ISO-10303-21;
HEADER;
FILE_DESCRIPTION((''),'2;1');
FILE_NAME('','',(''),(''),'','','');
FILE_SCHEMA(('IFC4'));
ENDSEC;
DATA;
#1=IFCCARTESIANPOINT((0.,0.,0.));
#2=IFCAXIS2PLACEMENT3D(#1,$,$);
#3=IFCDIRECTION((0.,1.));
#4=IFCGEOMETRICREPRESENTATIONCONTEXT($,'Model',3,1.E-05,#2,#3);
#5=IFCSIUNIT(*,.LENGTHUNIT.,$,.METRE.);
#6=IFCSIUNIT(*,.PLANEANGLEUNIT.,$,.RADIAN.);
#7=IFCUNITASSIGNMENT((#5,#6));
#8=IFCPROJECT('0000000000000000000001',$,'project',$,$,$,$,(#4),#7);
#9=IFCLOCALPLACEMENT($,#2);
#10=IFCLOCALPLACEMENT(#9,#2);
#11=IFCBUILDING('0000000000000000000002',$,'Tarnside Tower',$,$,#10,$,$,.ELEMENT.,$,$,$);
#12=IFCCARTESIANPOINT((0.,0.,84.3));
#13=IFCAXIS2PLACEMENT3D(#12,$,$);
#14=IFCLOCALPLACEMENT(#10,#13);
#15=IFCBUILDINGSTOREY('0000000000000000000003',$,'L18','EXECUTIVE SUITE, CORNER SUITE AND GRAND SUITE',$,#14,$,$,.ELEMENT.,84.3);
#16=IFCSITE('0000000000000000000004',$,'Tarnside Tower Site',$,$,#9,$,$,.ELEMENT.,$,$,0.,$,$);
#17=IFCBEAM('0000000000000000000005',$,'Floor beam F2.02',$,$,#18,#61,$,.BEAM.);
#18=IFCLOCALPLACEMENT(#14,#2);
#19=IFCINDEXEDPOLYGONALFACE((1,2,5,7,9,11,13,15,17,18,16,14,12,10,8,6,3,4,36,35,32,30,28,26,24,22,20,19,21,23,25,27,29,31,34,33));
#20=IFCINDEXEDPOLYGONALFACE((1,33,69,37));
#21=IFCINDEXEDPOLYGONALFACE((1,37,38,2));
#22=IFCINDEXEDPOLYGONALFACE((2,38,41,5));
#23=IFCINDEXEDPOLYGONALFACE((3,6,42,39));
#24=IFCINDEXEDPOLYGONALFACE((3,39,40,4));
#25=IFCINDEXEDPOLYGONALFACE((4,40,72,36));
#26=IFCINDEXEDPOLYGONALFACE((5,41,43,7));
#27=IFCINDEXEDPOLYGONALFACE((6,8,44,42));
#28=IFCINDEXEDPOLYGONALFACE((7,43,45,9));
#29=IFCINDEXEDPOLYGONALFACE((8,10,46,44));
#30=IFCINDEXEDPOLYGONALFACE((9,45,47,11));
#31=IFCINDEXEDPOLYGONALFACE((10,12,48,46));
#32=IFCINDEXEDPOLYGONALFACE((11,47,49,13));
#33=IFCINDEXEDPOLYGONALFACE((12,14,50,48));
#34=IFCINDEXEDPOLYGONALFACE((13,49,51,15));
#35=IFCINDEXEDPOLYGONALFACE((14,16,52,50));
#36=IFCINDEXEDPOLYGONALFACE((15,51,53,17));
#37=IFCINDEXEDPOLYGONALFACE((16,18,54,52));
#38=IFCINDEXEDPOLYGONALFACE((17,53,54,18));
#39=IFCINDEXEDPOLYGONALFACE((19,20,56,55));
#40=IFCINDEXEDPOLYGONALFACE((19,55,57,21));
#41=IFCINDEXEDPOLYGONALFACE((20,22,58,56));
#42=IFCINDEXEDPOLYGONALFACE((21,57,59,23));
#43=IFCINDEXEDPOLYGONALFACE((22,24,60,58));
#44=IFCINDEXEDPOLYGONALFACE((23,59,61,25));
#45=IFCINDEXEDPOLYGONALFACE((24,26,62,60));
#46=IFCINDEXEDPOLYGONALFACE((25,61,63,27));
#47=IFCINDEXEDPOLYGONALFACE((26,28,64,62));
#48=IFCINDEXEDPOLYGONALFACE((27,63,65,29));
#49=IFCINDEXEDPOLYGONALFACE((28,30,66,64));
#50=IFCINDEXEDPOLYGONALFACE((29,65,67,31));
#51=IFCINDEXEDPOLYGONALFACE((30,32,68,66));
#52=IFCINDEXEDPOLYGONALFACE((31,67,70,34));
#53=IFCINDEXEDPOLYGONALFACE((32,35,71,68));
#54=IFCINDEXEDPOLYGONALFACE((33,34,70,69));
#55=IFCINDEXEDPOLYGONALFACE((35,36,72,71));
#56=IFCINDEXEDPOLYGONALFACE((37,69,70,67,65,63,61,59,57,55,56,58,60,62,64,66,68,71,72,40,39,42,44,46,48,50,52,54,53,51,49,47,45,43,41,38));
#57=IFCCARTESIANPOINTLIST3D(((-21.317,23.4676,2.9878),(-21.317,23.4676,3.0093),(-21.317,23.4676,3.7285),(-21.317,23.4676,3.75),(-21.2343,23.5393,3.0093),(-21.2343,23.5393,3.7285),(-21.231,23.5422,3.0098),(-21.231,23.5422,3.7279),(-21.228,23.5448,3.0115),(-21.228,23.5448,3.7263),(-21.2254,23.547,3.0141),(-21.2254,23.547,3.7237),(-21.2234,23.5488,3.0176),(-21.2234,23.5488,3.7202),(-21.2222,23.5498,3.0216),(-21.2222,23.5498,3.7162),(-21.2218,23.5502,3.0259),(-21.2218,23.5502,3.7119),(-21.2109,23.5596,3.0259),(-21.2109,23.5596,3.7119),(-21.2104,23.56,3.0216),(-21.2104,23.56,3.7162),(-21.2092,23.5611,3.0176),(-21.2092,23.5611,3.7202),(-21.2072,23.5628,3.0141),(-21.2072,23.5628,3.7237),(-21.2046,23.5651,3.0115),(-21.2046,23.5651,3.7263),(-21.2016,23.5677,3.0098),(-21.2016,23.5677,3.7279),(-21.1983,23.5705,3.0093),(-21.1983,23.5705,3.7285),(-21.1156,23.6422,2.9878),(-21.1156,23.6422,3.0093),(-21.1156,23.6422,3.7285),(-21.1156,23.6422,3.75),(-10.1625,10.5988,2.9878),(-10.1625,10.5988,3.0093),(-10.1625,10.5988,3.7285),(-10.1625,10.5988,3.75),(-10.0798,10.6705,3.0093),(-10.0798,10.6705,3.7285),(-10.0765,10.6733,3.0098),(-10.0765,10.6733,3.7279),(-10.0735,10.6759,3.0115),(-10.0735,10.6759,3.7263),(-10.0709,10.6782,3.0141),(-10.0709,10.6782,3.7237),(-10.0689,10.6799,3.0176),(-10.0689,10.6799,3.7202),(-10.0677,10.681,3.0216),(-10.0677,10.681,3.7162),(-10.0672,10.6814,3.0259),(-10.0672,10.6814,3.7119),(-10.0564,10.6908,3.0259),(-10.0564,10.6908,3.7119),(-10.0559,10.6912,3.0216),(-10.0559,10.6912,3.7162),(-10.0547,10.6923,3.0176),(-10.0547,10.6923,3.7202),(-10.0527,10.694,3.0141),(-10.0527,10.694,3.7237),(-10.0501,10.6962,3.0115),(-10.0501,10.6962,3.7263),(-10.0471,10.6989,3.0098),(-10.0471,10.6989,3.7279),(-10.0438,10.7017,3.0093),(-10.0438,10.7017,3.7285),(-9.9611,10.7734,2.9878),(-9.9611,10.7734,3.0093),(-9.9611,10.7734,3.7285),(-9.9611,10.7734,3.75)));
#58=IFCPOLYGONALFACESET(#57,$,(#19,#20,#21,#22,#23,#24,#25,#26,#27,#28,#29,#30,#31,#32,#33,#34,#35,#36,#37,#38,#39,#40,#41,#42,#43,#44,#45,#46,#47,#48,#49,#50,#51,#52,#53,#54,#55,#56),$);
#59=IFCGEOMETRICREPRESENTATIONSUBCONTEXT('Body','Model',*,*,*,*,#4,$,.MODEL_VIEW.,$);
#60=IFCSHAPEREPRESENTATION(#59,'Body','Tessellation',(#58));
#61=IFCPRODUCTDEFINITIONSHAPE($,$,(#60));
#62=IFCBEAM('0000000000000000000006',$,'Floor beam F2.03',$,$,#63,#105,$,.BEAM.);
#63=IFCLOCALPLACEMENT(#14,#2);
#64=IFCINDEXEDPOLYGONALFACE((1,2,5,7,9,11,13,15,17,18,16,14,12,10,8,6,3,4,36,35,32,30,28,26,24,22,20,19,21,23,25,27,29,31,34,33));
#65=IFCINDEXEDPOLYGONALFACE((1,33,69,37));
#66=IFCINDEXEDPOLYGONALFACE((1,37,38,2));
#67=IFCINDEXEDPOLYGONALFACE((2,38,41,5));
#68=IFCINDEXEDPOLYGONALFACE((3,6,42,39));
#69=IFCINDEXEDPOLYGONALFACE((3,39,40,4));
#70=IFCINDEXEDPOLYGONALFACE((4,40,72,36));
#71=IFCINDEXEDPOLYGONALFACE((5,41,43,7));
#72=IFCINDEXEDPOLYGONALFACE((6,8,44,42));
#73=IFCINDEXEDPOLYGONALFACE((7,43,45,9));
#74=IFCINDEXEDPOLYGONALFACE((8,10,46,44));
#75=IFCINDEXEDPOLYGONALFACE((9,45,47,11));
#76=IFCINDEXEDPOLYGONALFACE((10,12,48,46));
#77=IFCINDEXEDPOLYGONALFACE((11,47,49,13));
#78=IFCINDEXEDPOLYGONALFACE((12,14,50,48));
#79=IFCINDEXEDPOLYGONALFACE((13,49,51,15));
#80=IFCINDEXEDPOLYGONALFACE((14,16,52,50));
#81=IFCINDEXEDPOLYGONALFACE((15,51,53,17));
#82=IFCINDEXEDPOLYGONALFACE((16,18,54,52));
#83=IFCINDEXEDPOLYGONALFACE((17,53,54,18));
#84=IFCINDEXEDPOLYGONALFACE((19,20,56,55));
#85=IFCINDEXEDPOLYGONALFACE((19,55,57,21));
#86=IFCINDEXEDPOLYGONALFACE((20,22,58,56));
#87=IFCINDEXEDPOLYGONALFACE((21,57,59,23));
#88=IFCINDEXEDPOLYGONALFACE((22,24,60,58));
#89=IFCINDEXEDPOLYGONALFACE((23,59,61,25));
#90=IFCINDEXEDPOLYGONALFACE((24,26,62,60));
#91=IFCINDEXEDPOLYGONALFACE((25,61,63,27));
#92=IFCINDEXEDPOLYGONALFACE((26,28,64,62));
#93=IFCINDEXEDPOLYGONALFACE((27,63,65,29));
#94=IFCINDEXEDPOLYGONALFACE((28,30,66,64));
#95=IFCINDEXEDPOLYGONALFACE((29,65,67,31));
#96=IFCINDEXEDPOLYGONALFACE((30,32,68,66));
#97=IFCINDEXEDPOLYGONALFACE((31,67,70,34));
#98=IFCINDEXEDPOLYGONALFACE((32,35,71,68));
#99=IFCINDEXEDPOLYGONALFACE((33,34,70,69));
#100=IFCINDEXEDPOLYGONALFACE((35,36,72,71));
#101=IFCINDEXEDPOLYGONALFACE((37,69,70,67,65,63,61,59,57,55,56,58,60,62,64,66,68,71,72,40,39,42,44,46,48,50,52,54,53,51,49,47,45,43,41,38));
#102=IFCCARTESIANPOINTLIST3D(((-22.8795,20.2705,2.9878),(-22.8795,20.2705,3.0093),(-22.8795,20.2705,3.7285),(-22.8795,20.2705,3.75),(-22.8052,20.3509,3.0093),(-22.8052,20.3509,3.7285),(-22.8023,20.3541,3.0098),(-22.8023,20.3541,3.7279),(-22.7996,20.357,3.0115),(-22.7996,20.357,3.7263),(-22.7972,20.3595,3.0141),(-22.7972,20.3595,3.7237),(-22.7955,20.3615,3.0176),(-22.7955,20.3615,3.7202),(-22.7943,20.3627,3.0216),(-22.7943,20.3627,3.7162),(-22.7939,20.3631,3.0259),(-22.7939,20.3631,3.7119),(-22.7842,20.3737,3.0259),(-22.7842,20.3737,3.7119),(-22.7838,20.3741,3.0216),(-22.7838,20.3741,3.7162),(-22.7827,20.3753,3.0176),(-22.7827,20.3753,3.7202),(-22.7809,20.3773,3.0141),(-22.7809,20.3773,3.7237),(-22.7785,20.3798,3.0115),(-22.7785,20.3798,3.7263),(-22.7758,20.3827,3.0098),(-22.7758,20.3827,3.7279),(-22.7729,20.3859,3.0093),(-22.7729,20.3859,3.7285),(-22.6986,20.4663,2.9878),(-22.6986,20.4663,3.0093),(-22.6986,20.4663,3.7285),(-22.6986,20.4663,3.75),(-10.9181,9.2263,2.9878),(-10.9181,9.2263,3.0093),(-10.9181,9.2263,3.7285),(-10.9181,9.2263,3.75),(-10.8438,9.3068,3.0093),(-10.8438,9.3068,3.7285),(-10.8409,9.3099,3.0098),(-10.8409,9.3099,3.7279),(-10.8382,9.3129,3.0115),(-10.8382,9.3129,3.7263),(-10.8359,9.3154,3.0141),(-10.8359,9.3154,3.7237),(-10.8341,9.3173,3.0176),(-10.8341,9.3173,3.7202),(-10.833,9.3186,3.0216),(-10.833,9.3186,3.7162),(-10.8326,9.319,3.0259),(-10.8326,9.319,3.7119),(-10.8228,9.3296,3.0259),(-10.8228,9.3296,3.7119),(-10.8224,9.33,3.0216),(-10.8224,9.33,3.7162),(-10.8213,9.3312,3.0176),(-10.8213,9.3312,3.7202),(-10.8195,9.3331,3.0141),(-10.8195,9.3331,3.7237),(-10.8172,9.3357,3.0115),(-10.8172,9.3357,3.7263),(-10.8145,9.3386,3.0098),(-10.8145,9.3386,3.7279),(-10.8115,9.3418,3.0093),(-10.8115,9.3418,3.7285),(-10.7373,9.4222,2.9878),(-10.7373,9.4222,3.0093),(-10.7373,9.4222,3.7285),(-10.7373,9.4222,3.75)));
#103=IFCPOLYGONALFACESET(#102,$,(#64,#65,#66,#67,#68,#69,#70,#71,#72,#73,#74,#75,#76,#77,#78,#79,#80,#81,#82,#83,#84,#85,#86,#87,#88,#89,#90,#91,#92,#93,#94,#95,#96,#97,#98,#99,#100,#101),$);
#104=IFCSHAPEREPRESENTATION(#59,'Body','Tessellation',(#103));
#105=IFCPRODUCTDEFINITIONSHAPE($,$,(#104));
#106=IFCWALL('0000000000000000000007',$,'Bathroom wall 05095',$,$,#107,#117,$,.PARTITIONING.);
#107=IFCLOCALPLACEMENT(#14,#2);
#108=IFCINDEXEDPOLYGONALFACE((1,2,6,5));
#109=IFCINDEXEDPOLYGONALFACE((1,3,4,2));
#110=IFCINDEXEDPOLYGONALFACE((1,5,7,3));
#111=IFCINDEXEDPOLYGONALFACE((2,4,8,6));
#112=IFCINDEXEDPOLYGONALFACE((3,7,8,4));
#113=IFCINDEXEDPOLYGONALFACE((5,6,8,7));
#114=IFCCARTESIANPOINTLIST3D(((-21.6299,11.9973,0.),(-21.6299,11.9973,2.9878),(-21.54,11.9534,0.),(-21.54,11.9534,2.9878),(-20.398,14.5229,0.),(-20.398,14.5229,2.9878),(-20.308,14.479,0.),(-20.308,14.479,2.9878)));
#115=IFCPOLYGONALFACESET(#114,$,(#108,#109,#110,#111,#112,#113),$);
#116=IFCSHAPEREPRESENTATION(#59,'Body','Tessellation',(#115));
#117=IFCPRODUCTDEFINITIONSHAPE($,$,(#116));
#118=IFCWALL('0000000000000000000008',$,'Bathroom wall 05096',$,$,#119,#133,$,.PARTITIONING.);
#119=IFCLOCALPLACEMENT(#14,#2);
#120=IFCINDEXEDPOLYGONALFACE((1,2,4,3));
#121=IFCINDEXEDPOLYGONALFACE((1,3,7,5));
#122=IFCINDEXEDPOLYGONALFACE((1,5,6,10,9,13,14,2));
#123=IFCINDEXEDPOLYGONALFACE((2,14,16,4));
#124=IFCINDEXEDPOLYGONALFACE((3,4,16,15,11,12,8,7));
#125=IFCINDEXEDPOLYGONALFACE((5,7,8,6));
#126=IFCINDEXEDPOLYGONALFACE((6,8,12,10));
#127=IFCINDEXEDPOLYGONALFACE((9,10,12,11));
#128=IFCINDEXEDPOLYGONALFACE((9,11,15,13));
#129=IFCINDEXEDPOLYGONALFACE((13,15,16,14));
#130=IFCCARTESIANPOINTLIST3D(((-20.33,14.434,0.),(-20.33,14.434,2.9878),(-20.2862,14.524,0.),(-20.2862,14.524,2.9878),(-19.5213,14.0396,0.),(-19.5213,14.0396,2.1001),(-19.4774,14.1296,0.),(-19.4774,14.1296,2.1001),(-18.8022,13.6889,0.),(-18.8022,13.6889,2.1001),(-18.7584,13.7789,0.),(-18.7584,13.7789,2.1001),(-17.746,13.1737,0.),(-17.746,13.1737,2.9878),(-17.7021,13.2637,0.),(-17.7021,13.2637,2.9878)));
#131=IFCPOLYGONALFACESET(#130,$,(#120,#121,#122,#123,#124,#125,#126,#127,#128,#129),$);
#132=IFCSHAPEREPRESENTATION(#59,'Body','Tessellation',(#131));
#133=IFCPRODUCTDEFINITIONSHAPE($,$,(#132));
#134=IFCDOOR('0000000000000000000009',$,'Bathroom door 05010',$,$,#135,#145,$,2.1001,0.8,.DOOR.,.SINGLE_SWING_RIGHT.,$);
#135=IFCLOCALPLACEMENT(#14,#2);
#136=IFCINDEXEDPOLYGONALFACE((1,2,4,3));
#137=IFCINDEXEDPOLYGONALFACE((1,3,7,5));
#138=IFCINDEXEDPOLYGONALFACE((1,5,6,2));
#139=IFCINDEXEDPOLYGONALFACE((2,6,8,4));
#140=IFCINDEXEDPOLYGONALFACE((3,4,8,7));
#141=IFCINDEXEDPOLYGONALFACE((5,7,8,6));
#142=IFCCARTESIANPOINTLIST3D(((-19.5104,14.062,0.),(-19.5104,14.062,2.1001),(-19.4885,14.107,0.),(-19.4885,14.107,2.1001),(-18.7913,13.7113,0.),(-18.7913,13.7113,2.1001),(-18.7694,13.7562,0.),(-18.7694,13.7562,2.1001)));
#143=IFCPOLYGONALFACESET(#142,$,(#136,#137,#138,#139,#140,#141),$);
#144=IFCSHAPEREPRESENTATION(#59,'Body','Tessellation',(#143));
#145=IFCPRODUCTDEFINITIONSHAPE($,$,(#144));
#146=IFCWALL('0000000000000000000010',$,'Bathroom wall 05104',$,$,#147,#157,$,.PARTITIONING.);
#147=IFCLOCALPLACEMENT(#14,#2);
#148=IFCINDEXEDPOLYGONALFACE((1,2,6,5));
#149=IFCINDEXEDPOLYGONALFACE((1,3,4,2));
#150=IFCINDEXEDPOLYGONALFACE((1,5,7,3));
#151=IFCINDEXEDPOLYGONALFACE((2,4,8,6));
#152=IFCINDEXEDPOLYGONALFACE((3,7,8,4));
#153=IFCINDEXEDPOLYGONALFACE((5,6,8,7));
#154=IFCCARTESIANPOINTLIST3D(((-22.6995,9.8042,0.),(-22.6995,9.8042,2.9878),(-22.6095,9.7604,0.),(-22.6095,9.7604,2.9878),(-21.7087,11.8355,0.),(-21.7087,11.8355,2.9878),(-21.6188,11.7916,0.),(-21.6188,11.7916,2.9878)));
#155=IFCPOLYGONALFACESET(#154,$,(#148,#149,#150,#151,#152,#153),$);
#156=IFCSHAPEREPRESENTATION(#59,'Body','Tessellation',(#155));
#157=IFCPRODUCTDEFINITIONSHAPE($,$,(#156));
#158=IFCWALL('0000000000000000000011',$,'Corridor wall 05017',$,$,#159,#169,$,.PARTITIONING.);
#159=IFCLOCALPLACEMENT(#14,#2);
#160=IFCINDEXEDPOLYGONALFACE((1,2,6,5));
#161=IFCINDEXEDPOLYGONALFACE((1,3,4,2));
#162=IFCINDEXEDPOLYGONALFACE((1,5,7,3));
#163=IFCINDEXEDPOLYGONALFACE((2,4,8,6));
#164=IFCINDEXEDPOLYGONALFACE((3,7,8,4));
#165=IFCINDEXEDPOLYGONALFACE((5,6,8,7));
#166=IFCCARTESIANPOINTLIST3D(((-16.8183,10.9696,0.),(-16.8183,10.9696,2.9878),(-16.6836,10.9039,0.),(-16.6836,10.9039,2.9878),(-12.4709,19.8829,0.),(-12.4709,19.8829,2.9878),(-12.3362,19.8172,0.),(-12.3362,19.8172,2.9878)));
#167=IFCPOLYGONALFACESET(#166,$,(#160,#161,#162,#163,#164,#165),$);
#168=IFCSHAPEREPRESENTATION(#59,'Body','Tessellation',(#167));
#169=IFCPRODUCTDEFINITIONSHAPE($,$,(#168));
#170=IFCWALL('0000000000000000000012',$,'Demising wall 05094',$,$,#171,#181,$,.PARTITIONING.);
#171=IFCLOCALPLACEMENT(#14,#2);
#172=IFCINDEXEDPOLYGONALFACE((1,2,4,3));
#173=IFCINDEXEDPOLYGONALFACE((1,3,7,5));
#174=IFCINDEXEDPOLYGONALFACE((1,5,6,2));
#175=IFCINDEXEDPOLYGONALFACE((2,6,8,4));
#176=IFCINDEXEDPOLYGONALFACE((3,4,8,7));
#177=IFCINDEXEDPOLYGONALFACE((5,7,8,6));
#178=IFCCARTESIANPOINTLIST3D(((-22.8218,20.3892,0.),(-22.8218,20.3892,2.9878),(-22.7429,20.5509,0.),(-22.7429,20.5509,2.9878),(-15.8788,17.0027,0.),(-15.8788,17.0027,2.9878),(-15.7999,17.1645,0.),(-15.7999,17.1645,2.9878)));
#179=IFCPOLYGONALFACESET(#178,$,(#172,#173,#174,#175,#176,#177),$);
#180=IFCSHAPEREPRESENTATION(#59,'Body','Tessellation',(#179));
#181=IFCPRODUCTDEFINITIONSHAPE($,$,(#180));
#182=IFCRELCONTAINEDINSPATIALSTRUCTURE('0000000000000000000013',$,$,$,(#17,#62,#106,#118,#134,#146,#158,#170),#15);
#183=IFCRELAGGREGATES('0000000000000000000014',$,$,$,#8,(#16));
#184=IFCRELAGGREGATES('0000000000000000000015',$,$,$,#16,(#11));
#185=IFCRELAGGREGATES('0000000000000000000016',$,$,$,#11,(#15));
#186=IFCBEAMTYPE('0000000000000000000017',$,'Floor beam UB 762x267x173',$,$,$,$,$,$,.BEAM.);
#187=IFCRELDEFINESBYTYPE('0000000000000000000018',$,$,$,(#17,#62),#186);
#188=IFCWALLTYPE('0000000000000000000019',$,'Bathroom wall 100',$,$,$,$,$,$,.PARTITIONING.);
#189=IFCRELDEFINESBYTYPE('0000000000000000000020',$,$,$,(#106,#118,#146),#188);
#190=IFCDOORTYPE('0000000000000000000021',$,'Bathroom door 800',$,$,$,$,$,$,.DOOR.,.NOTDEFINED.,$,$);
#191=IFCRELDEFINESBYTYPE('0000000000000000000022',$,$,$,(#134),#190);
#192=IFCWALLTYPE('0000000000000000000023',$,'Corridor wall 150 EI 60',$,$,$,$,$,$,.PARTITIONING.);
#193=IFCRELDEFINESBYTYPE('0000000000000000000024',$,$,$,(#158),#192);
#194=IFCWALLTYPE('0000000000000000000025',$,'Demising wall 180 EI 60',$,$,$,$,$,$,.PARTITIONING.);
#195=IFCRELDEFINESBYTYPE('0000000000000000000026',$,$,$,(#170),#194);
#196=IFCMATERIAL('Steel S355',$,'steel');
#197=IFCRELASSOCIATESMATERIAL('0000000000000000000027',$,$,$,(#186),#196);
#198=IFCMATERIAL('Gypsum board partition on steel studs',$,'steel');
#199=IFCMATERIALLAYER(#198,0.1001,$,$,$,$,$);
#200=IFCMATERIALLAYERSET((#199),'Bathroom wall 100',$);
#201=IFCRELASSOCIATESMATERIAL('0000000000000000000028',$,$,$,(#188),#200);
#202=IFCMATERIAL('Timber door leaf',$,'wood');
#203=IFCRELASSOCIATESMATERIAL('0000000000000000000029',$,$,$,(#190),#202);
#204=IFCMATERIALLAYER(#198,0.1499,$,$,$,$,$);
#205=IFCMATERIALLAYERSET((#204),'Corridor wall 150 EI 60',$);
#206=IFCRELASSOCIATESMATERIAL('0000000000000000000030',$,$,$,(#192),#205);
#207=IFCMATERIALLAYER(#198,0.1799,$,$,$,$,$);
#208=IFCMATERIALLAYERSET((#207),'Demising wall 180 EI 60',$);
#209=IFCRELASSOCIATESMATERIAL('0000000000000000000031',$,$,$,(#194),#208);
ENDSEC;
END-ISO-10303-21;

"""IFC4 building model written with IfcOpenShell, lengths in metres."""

from ifc_helpers import new_model, si_unit, direction, frame, frame_2d, origin, origin_2d, place, context, subcontext, project, spatial, rectangle, i_section, extrude, material, layer, layer_set, material_profile, profile_set, type_object, element, fill, save


model = new_model("IFC4")

# Units and contexts
model_context = context("Model", 3, precision=1e-05, world=origin(), true_north=direction((0.0, 1.0)))
body_context = subcontext(model_context, "Body", "Model", "MODEL_VIEW")
ifc_project = project(units=[si_unit("LENGTHUNIT", "METRE"), si_unit("PLANEANGLEUNIT", "RADIAN")], contexts=[model_context])

# Site, building, storey
site_placement = place(None, origin())
site = spatial("IfcSite", under=ifc_project, at=site_placement, Name="Tarnside Tower Site", CompositionType="ELEMENT", RefElevation=0.0)
building_placement = place(site_placement, origin())
building = spatial("IfcBuilding", under=site, at=building_placement, Name="Tarnside Tower", CompositionType="ELEMENT")
storey_placement = place(building_placement, frame((0.0, 0.0, 84.3)))
storey = spatial("IfcBuildingStorey", under=building, at=storey_placement, Name="L18", Description="EXECUTIVE SUITE, CORNER SUITE AND GRAND SUITE", CompositionType="ELEMENT", Elevation=84.3)

# Beams
ifc_material_1 = material(Name="Steel S355", Category="steel")
ifc_material_profile_1 = material_profile(ifc_material_1, i_section(OverallWidth=0.2666, OverallDepth=0.7622, WebThickness=0.0144, FlangeThickness=0.0215, FilletRadius=0.0166, at=origin_2d()), Name="UB 762x267x173")
ifc_profile_set_1 = profile_set([ifc_material_profile_1], Name="Steel S355")
beam_type_1 = type_object("IfcBeamType", Name="Floor beam UB 762x267x173", PredefinedType="BEAM", material=ifc_profile_set_1)
beam_1_placement = place(storey_placement, frame((-21.2163, 23.5549, 3.3689), z_axis=(0.654981, -0.755646, 0.0), x_axis=(0.755646, 0.654981, 0.0)))
element("IfcBeam", 1, at=beam_1_placement, inside=storey, type_object=beam_type_1, Name="Floor beam F2.02", PredefinedType="BEAM", context=body_context, shape_type="SweptSolid", body=[
    extrude(i_section(OverallWidth=0.2666, OverallDepth=0.7622, WebThickness=0.0144, FlangeThickness=0.0215, FilletRadius=0.0166, at=origin_2d()), origin(), (0.0, 0.0, 1.0), 17.0303),
])
beam_2_placement = place(storey_placement, frame((-22.7891, 20.3684, 3.3689), z_axis=(0.734715, -0.678375, 0.0), x_axis=(0.678375, 0.734715, 0.0)))
element("IfcBeam", 2, at=beam_2_placement, inside=storey, type_object=beam_type_1, Name="Floor beam F2.03", PredefinedType="BEAM", context=body_context, shape_type="SweptSolid", body=[
    extrude(i_section(OverallWidth=0.2666, OverallDepth=0.7622, WebThickness=0.0144, FlangeThickness=0.0215, FilletRadius=0.0166, at=origin_2d()), origin(), (0.0, 0.0, 1.0), 16.2803),
])

# Wall
ifc_material_2 = material(Name="Gypsum board partition on steel studs", Category="steel")
ifc_layer_1 = layer(ifc_material_2, 0.1001)
ifc_layer_set_1 = layer_set([ifc_layer_1], Name="Bathroom wall 100")
wall_type_1 = type_object("IfcWallType", Name="Bathroom wall 100", PredefinedType="PARTITIONING", material=ifc_layer_set_1)
wall_1_placement = place(storey_placement, frame((-21.585, 11.9753, 0.0), z_axis=(0.0, 0.0, 1.0), x_axis=(0.4384, 0.89878, 0.0)))
element("IfcWall", 3, at=wall_1_placement, inside=storey, type_object=wall_type_1, Name="Bathroom wall 05095", PredefinedType="PARTITIONING", context=body_context, shape_type="SweptSolid", body=[
    extrude(rectangle(XDim=2.8101, YDim=0.1001, at=frame_2d((1.405, 0.0))), origin(), (0.0, 0.0, 1.0), 2.9878),
])

# Wall, opening, door
wall_2_placement = place(storey_placement, frame((-20.3081, 14.479, 0.0), z_axis=(0.0, 0.0, 1.0), x_axis=(0.898799, -0.43836, 0.0)))
wall_2 = element("IfcWall", 4, at=wall_2_placement, inside=storey, type_object=wall_type_1, Name="Bathroom wall 05096", PredefinedType="PARTITIONING", context=body_context, shape_type="SweptSolid", body=[
    extrude(rectangle(XDim=2.875, YDim=0.1001, at=frame_2d((1.4375, 0.0))), origin(), (0.0, 0.0, 1.0), 2.9878),
])
opening_1_placement = place(wall_2_placement, frame((0.8999, 0.0, 0.0)))
opening_1 = element("IfcOpeningElement", 5, at=opening_1_placement, cuts=wall_2, PredefinedType="OPENING", context=body_context, shape_type="SweptSolid", body=[
    extrude(rectangle(XDim=0.8, YDim=2.1001, at=frame_2d((0.3999, 1.05))), frame((0.0, 0.0601, 0.0), z_axis=(0.0, -1.0, 0.0), x_axis=(1.0, 0.0, 0.0)), (0.0, 0.0, 1.0), 0.1201),
])
ifc_material_3 = material(Name="Timber door leaf", Category="wood")
door_type_1 = type_object("IfcDoorType", Name="Bathroom door 800", OperationType="NOTDEFINED", PredefinedType="DOOR", material=ifc_material_3)
door_1_placement = place(opening_1_placement, origin())
door_1 = element("IfcDoor", 6, at=door_1_placement, inside=storey, type_object=door_type_1, Name="Bathroom door 05010", OperationType="SINGLE_SWING_RIGHT", OverallHeight=2.1001, OverallWidth=0.8, PredefinedType="DOOR", context=body_context, shape_type="SweptSolid", body=[
    extrude(rectangle(XDim=0.8, YDim=2.1001, at=frame_2d((0.3999, 1.05))), frame((0.0, 0.0249, 0.0), z_axis=(0.0, -1.0, 0.0), x_axis=(1.0, 0.0, 0.0)), (0.0, 0.0, 1.0), 0.05),
])
fill(opening_1, door_1)

# Walls
wall_3_placement = place(storey_placement, frame((-21.6638, 11.8135, 0.0), z_axis=(0.0, 0.0, 1.0), x_axis=(-0.438377, -0.898791, 0.0)))
element("IfcWall", 7, at=wall_3_placement, inside=storey, type_object=wall_type_1, Name="Bathroom wall 05104", PredefinedType="PARTITIONING", context=body_context, shape_type="SweptSolid", body=[
    extrude(rectangle(XDim=2.26, YDim=0.1001, at=frame_2d((1.1299, 0.0))), origin(), (0.0, 0.0, 1.0), 2.9878),
])
ifc_layer_2 = layer(ifc_material_2, 0.1499)
ifc_layer_set_2 = layer_set([ifc_layer_2], Name="Corridor wall 150 EI 60")
wall_type_2 = type_object("IfcWallType", Name="Corridor wall 150 EI 60", PredefinedType="PARTITIONING", material=ifc_layer_set_2)
wall_4_placement = place(storey_placement, frame((-16.751, 10.9368, 0.0), z_axis=(0.0, 0.0, 1.0), x_axis=(0.438379, 0.89879, 0.0)))
element("IfcWall", 8, at=wall_4_placement, inside=storey, type_object=wall_type_2, Name="Corridor wall 05017", PredefinedType="PARTITIONING", context=body_context, shape_type="SweptSolid", body=[
    extrude(rectangle(XDim=9.917, YDim=0.1499, at=frame_2d((4.9585, 0.0))), origin(), (0.0, 0.0, 1.0), 2.9878),
])
ifc_layer_3 = layer(ifc_material_2, 0.1799)
ifc_layer_set_3 = layer_set([ifc_layer_3], Name="Demising wall 180 EI 60")
wall_type_3 = type_object("IfcWallType", Name="Demising wall 180 EI 60", PredefinedType="PARTITIONING", material=ifc_layer_set_3)
for number, where, z_axis, x_axis, name in (
    (9, (-22.7822, 20.47, 0.0), (0.0, 0.0, 1.0), (0.898789, -0.438381, 0.0), "Demising wall 05094"),
):
    element("IfcWall", number, at=place(storey_placement, frame(where, z_axis=z_axis, x_axis=x_axis)), inside=storey, type_object=wall_type_3, Name=name, PredefinedType="PARTITIONING", context=body_context, shape_type="SweptSolid", body=[
        extrude(rectangle(XDim=7.7249, YDim=0.1799, at=frame_2d((3.8623, 0.0))), origin(), (0.0, 0.0, 1.0), 2.9878),
    ])

save(model, "model.ifc")
